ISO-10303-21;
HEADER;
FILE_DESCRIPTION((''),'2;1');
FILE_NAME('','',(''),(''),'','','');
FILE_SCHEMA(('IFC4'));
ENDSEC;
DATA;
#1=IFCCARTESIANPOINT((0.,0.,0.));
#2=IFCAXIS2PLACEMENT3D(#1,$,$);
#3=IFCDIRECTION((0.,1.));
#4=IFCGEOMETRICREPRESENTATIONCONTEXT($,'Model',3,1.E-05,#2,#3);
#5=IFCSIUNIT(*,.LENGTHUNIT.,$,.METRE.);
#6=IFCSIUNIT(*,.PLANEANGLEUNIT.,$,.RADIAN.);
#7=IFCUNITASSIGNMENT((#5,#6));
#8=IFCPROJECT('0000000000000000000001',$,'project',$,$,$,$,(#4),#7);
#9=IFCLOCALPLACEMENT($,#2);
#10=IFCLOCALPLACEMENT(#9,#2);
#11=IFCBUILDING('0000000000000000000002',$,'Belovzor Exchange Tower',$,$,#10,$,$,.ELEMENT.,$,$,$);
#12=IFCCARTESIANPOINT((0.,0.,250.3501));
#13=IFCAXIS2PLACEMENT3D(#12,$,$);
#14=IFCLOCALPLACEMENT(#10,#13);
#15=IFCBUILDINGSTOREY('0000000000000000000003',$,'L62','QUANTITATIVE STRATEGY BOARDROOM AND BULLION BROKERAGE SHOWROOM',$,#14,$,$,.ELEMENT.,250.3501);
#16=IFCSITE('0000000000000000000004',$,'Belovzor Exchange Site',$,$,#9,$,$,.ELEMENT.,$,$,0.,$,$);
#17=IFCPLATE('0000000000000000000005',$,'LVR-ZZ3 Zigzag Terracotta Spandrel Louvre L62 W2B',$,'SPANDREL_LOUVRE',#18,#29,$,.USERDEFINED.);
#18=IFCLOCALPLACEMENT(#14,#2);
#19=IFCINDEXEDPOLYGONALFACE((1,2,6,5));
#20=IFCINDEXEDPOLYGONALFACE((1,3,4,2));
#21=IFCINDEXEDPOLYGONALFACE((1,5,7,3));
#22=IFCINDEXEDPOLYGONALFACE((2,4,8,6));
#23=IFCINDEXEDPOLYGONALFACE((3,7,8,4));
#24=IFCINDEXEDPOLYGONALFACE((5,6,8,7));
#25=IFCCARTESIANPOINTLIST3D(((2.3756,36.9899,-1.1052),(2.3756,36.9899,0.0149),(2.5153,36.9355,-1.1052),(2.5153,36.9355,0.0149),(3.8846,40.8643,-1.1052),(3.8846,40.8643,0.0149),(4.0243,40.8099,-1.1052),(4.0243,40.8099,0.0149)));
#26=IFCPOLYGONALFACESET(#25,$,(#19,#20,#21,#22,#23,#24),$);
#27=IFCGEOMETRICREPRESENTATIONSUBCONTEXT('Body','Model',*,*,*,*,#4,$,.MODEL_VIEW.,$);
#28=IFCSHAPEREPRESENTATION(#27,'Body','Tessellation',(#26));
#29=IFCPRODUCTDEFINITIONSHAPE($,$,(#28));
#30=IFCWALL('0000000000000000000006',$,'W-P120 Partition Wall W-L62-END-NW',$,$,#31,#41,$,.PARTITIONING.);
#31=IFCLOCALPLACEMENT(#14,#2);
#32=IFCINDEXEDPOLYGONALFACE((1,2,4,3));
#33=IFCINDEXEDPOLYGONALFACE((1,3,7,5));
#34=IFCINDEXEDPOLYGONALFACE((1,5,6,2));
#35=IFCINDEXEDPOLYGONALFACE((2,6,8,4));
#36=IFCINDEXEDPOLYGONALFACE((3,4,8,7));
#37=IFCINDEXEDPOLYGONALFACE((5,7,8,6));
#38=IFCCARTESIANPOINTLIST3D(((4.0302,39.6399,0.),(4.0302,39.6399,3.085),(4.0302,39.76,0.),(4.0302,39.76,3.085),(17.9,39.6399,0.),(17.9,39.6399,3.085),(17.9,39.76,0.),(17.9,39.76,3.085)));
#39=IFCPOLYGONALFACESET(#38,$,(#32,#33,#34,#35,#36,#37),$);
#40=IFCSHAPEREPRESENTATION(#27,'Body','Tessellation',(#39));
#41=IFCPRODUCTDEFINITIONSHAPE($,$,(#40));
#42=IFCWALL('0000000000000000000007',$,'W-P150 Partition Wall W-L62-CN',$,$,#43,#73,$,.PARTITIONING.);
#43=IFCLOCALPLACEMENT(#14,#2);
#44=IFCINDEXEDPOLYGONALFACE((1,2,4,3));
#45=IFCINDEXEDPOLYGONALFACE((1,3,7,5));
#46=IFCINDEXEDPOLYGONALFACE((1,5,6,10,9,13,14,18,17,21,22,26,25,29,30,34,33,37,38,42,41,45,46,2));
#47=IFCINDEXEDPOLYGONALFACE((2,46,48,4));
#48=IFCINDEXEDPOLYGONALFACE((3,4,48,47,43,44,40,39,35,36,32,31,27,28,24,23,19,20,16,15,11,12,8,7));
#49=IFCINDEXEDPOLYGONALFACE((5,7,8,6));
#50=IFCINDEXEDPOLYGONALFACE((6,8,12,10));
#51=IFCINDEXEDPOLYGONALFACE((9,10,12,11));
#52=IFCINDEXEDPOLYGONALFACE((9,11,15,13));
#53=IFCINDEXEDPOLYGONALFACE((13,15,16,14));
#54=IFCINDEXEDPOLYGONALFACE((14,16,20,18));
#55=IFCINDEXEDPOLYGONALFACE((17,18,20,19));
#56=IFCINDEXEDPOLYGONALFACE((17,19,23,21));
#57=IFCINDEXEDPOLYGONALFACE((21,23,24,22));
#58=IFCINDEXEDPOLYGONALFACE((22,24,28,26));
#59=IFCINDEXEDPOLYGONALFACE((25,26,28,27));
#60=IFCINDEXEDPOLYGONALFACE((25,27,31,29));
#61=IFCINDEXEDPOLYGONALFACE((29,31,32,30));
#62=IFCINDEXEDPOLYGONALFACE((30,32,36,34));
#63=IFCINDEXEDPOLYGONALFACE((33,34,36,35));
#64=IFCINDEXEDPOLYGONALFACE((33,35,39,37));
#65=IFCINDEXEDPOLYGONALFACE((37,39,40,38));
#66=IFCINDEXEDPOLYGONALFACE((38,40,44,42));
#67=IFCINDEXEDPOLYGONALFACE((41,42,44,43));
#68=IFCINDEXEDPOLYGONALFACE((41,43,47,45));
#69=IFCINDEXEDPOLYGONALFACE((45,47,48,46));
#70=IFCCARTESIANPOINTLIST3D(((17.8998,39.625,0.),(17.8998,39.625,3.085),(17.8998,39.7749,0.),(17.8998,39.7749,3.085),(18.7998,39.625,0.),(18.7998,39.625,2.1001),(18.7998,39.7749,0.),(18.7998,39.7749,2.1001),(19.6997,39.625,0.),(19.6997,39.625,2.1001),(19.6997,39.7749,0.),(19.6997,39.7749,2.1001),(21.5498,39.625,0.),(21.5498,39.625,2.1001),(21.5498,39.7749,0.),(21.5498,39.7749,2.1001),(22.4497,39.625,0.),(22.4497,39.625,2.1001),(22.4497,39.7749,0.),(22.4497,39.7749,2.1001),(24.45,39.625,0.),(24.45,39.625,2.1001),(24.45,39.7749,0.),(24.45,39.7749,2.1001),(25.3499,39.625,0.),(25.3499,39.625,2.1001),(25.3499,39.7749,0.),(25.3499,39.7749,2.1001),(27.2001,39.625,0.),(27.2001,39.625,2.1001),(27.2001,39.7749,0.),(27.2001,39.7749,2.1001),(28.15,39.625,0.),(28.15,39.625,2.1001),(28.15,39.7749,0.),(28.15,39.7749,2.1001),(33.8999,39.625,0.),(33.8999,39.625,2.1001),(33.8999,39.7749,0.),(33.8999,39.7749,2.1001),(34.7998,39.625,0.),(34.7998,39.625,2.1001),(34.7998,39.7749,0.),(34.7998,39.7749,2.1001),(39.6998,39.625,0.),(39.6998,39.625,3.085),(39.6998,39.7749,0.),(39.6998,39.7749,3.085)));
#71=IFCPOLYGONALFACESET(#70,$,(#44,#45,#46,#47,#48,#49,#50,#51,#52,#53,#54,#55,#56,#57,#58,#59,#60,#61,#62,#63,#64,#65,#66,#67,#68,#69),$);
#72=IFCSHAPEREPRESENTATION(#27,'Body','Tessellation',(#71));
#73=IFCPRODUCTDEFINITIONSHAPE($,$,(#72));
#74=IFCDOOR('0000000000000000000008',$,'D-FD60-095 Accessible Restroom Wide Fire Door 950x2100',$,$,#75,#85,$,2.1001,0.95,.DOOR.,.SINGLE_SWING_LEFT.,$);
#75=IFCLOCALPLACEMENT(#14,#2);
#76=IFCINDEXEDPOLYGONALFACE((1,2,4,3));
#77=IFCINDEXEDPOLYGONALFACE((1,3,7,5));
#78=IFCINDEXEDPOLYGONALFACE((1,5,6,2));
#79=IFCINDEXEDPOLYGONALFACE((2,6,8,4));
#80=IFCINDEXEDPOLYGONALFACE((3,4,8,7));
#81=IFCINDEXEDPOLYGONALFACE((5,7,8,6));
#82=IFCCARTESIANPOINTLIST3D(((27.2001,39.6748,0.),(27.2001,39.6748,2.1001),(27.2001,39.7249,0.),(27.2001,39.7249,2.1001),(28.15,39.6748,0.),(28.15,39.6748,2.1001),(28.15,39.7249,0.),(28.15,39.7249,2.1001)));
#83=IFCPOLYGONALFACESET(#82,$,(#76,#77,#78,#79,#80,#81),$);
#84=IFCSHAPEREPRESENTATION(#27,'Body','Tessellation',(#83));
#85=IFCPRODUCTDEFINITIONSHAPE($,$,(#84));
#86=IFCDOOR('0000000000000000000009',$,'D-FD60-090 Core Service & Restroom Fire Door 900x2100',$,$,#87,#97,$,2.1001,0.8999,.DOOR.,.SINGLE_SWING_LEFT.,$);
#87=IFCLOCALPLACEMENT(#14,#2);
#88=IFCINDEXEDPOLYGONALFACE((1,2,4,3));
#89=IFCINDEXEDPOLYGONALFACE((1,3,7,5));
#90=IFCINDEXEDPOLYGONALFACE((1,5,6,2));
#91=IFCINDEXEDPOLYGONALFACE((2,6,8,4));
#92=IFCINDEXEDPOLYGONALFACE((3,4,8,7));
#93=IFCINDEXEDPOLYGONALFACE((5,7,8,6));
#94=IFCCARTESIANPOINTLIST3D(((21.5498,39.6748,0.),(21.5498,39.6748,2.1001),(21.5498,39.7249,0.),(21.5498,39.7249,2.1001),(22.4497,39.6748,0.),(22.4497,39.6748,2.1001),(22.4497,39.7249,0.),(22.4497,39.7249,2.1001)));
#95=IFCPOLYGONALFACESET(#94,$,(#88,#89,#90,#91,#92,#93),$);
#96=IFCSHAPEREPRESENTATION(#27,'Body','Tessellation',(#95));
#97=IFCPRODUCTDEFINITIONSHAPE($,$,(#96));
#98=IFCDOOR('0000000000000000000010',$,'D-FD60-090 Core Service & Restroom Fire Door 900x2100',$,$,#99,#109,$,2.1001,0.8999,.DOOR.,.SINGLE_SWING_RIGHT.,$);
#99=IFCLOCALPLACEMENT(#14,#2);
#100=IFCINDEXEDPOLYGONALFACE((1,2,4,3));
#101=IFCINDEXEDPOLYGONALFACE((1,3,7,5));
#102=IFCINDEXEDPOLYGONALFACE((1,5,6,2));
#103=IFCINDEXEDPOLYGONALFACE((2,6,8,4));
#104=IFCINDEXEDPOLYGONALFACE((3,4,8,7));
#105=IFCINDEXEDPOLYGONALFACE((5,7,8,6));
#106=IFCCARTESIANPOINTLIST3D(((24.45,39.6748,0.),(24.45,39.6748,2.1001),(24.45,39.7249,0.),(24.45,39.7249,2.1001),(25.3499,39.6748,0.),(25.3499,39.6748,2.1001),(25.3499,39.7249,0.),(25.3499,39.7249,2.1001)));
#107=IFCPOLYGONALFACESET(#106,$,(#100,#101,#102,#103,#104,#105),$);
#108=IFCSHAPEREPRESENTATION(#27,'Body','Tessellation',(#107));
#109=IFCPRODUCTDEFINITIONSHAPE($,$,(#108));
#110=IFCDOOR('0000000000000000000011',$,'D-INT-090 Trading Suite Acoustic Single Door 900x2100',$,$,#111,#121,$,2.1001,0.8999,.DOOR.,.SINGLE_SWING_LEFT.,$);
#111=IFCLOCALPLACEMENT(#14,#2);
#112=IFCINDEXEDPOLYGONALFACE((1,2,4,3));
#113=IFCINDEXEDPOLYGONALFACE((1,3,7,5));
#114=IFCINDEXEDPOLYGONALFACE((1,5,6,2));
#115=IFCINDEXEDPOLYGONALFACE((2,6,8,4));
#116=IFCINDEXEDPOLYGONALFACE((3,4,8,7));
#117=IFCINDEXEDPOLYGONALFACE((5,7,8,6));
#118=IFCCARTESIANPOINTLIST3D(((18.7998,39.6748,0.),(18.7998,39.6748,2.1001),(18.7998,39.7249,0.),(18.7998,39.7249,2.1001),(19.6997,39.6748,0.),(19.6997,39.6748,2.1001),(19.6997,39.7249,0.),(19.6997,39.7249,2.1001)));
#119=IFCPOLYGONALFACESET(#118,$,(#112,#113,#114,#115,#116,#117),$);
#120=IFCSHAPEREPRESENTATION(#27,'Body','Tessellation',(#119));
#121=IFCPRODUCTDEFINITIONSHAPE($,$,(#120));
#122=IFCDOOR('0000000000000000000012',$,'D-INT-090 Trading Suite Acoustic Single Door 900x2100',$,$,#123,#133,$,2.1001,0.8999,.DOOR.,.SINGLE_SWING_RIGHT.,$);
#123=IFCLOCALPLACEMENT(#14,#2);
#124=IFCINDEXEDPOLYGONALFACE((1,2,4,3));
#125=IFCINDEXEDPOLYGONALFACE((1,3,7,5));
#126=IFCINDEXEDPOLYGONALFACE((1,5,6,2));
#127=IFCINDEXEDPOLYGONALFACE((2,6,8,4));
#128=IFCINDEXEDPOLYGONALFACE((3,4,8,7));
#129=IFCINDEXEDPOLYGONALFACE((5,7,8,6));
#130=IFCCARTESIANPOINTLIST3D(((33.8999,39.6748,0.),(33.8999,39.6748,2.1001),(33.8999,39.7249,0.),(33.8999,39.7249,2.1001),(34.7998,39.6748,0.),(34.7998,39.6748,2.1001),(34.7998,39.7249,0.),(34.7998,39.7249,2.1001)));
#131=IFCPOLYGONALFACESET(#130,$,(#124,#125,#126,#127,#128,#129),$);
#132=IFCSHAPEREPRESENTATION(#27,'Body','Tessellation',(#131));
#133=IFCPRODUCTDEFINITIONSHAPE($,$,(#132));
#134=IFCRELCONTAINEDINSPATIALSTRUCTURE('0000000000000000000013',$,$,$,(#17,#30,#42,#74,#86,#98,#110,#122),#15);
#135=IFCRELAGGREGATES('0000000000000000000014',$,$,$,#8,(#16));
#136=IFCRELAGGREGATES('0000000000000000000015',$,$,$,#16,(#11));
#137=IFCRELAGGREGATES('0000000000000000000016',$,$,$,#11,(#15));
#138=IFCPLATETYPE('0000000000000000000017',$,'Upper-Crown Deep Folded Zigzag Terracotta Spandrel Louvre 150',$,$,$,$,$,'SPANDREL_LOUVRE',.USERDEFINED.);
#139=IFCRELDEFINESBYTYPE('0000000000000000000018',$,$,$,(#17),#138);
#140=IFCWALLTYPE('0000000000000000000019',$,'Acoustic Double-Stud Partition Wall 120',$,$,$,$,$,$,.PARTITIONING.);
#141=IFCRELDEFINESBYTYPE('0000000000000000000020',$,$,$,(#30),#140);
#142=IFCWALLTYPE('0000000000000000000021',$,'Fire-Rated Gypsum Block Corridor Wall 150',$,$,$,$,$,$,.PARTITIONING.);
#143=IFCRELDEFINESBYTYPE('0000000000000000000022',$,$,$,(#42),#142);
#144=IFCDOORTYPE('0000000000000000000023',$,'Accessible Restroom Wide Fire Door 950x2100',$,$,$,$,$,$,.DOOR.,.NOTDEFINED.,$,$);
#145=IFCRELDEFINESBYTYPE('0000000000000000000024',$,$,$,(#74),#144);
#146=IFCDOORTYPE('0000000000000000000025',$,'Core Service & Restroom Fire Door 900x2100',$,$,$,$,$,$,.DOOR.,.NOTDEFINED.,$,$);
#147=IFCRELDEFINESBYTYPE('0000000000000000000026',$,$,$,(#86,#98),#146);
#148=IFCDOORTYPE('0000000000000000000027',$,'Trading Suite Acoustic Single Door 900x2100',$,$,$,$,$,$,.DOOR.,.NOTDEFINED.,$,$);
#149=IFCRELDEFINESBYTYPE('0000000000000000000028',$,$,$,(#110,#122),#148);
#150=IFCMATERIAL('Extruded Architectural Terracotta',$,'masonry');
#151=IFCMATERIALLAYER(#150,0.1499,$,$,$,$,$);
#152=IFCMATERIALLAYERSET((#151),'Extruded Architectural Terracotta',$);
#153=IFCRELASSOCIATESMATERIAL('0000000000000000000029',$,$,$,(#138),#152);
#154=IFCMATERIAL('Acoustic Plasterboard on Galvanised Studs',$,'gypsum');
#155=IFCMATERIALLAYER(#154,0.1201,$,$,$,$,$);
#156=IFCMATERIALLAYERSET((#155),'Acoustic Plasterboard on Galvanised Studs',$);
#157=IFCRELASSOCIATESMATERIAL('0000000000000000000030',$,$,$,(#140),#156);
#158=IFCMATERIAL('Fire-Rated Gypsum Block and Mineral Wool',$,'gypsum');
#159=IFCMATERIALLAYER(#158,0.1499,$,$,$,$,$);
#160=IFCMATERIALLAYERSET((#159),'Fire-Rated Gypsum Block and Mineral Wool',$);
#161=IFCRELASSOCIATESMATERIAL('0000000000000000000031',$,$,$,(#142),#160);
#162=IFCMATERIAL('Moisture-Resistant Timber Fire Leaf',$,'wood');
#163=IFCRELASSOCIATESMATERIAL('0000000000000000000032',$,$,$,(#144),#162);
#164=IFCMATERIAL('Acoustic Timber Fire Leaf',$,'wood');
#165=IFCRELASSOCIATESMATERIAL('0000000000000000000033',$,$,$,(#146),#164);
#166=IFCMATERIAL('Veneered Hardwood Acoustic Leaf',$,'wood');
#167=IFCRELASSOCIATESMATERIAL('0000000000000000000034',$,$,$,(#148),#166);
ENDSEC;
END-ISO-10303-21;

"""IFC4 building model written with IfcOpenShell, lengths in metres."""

from ifc_helpers import new_model, si_unit, direction, frame, frame_2d, origin, origin_2d, place, context, subcontext, project, spatial, rectangle, extrude, material, layer, layer_set, type_object, element, fill, save


model = new_model("IFC4")

# Units and contexts
model_context = context("Model", 3, precision=1e-05, world=origin(), true_north=direction((0.0, 1.0)))
body_context = subcontext(model_context, "Body", "Model", "MODEL_VIEW")
ifc_project = project(units=[si_unit("LENGTHUNIT", "METRE"), si_unit("PLANEANGLEUNIT", "RADIAN")], contexts=[model_context])

# Site, building, storey
site_placement = place(None, origin())
site = spatial("IfcSite", under=ifc_project, at=site_placement, Name="Belovzor Exchange Site", CompositionType="ELEMENT", RefElevation=0.0)
building_placement = place(site_placement, origin())
building = spatial("IfcBuilding", under=site, at=building_placement, Name="Belovzor Exchange Tower", CompositionType="ELEMENT")
storey_placement = place(building_placement, frame((0.0, 0.0, 250.3501)))
storey = spatial("IfcBuildingStorey", under=building, at=storey_placement, Name="L62", Description="QUANTITATIVE STRATEGY BOARDROOM AND BULLION BROKERAGE SHOWROOM", CompositionType="ELEMENT", Elevation=250.3501)

# Plate
ifc_material_1 = material(Name="Extruded Architectural Terracotta", Category="masonry")
ifc_layer_1 = layer(ifc_material_1, 0.1499)
ifc_layer_set_1 = layer_set([ifc_layer_1], Name="Extruded Architectural Terracotta")
plate_type = type_object("IfcPlateType", Name="Upper-Crown Deep Folded Zigzag Terracotta Spandrel Louvre 150", ElementType="SPANDREL_LOUVRE", PredefinedType="USERDEFINED", material=ifc_layer_set_1)
plate_placement = place(storey_placement, frame((3.2, 38.8999, -1.1052), z_axis=(0.0, 0.0, 1.0), x_axis=(0.362926, 0.931818, 0.0)))
element("IfcPlate", 1, at=plate_placement, inside=storey, type_object=plate_type, Name="LVR-ZZ3 Zigzag Terracotta Spandrel Louvre L62 W2B", ObjectType="SPANDREL_LOUVRE", PredefinedType="USERDEFINED", context=body_context, shape_type="SweptSolid", body=[
    extrude(rectangle(XDim=4.158, YDim=0.1499, at=origin_2d()), origin(), (0.0, 0.0, 1.0), 1.1201),
])

# Wall
ifc_material_2 = material(Name="Acoustic Plasterboard on Galvanised Studs", Category="gypsum")
ifc_layer_2 = layer(ifc_material_2, 0.1201)
ifc_layer_set_2 = layer_set([ifc_layer_2], Name="Acoustic Plasterboard on Galvanised Studs")
wall_type_1 = type_object("IfcWallType", Name="Acoustic Double-Stud Partition Wall 120", PredefinedType="PARTITIONING", material=ifc_layer_set_2)
wall_1_placement = place(storey_placement, frame((4.03, 39.7, 0.0), z_axis=(0.0, 0.0, 1.0), x_axis=(1.0, 0.0, 0.0)))
element("IfcWall", 2, at=wall_1_placement, inside=storey, type_object=wall_type_1, Name="W-P120 Partition Wall W-L62-END-NW", PredefinedType="PARTITIONING", context=body_context, shape_type="SweptSolid", body=[
    extrude(rectangle(XDim=13.8699, YDim=0.1201, at=frame_2d((6.9351, 0.0))), origin(), (0.0, 0.0, 1.0), 3.085),
])

# Wall, openings, doors
ifc_material_3 = material(Name="Fire-Rated Gypsum Block and Mineral Wool", Category="gypsum")
ifc_layer_3 = layer(ifc_material_3, 0.1499)
ifc_layer_set_3 = layer_set([ifc_layer_3], Name="Fire-Rated Gypsum Block and Mineral Wool")
wall_type_2 = type_object("IfcWallType", Name="Fire-Rated Gypsum Block Corridor Wall 150", PredefinedType="PARTITIONING", material=ifc_layer_set_3)
wall_2_placement = place(storey_placement, frame((17.8999, 39.7, 0.0), z_axis=(0.0, 0.0, 1.0), x_axis=(1.0, 0.0, 0.0)))
wall_2 = element("IfcWall", 3, at=wall_2_placement, inside=storey, type_object=wall_type_2, Name="W-P150 Partition Wall W-L62-CN", PredefinedType="PARTITIONING", context=body_context, shape_type="SweptSolid", body=[
    extrude(rectangle(XDim=21.8, YDim=0.1499, at=frame_2d((10.8999, 0.0))), origin(), (0.0, 0.0, 1.0), 3.085),
])
opening_1_placement = place(wall_2_placement, frame((0.8999, 0.0, 0.0)))
opening_1 = element("IfcOpeningElement", 4, at=opening_1_placement, cuts=wall_2, PredefinedType="OPENING", context=body_context, shape_type="SweptSolid", body=[
    extrude(rectangle(XDim=0.8999, YDim=2.1001, at=frame_2d((0.45, 1.05))), frame((0.0, 0.085, 0.0), z_axis=(0.0, -1.0, 0.0), x_axis=(1.0, 0.0, 0.0)), (0.0, 0.0, 1.0), 0.1699),
])
opening_2_placement = place(wall_2_placement, frame((3.6499, 0.0, 0.0)))
opening_2 = element("IfcOpeningElement", 5, at=opening_2_placement, cuts=wall_2, PredefinedType="OPENING", context=body_context, shape_type="SweptSolid", body=[
    extrude(rectangle(XDim=0.8999, YDim=2.1001, at=frame_2d((0.45, 1.05))), frame((0.0, 0.085, 0.0), z_axis=(0.0, -1.0, 0.0), x_axis=(1.0, 0.0, 0.0)), (0.0, 0.0, 1.0), 0.1699),
])
opening_3_placement = place(wall_2_placement, frame((6.55, 0.0, 0.0)))
opening_3 = element("IfcOpeningElement", 6, at=opening_3_placement, cuts=wall_2, PredefinedType="OPENING", context=body_context, shape_type="SweptSolid", body=[
    extrude(rectangle(XDim=0.8999, YDim=2.1001, at=frame_2d((0.45, 1.05))), frame((0.0, 0.085, 0.0), z_axis=(0.0, -1.0, 0.0), x_axis=(1.0, 0.0, 0.0)), (0.0, 0.0, 1.0), 0.1699),
])
opening_4_placement = place(wall_2_placement, frame((9.3, 0.0, 0.0)))
opening_4 = element("IfcOpeningElement", 7, at=opening_4_placement, cuts=wall_2, PredefinedType="OPENING", context=body_context, shape_type="SweptSolid", body=[
    extrude(rectangle(XDim=0.95, YDim=2.1001, at=frame_2d((0.4751, 1.05))), frame((0.0, 0.085, 0.0), z_axis=(0.0, -1.0, 0.0), x_axis=(1.0, 0.0, 0.0)), (0.0, 0.0, 1.0), 0.1699),
])
opening_5_placement = place(wall_2_placement, frame((16.0, 0.0, 0.0)))
opening_5 = element("IfcOpeningElement", 8, at=opening_5_placement, cuts=wall_2, PredefinedType="OPENING", context=body_context, shape_type="SweptSolid", body=[
    extrude(rectangle(XDim=0.8999, YDim=2.1001, at=frame_2d((0.45, 1.05))), frame((0.0, 0.085, 0.0), z_axis=(0.0, -1.0, 0.0), x_axis=(1.0, 0.0, 0.0)), (0.0, 0.0, 1.0), 0.1699),
])
ifc_material_4 = material(Name="Moisture-Resistant Timber Fire Leaf", Category="wood")
door_type_1 = type_object("IfcDoorType", Name="Accessible Restroom Wide Fire Door 950x2100", OperationType="NOTDEFINED", PredefinedType="DOOR", material=ifc_material_4)
door_1_placement = place(opening_4_placement, origin())
door_1 = element("IfcDoor", 9, at=door_1_placement, inside=storey, type_object=door_type_1, Name="D-FD60-095 Accessible Restroom Wide Fire Door 950x2100", OperationType="SINGLE_SWING_LEFT", OverallHeight=2.1001, OverallWidth=0.95, PredefinedType="DOOR", context=body_context, shape_type="SweptSolid", body=[
    extrude(rectangle(XDim=0.95, YDim=2.1001, at=frame_2d((0.4751, 1.05))), frame((0.0, 0.0249, 0.0), z_axis=(0.0, -1.0, 0.0), x_axis=(1.0, 0.0, 0.0)), (0.0, 0.0, 1.0), 0.05),
])
fill(opening_4, door_1)
ifc_material_5 = material(Name="Acoustic Timber Fire Leaf", Category="wood")
door_type_2 = type_object("IfcDoorType", Name="Core Service & Restroom Fire Door 900x2100", OperationType="NOTDEFINED", PredefinedType="DOOR", material=ifc_material_5)
door_2_placement = place(opening_2_placement, origin())
door_2 = element("IfcDoor", 10, at=door_2_placement, inside=storey, type_object=door_type_2, Name="D-FD60-090 Core Service & Restroom Fire Door 900x2100", OperationType="SINGLE_SWING_LEFT", OverallHeight=2.1001, OverallWidth=0.8999, PredefinedType="DOOR", context=body_context, shape_type="SweptSolid", body=[
    extrude(rectangle(XDim=0.8999, YDim=2.1001, at=frame_2d((0.45, 1.05))), frame((0.0, 0.0249, 0.0), z_axis=(0.0, -1.0, 0.0), x_axis=(1.0, 0.0, 0.0)), (0.0, 0.0, 1.0), 0.05),
])
fill(opening_2, door_2)
door_3_placement = place(opening_3_placement, origin())
door_3 = element("IfcDoor", 11, at=door_3_placement, inside=storey, type_object=door_type_2, Name="D-FD60-090 Core Service & Restroom Fire Door 900x2100", OperationType="SINGLE_SWING_RIGHT", OverallHeight=2.1001, OverallWidth=0.8999, PredefinedType="DOOR", context=body_context, shape_type="SweptSolid", body=[
    extrude(rectangle(XDim=0.8999, YDim=2.1001, at=frame_2d((0.45, 1.05))), frame((0.0, 0.0249, 0.0), z_axis=(0.0, -1.0, 0.0), x_axis=(1.0, 0.0, 0.0)), (0.0, 0.0, 1.0), 0.05),
])
fill(opening_3, door_3)
ifc_material_6 = material(Name="Veneered Hardwood Acoustic Leaf", Category="wood")
door_type_3 = type_object("IfcDoorType", Name="Trading Suite Acoustic Single Door 900x2100", OperationType="NOTDEFINED", PredefinedType="DOOR", material=ifc_material_6)
door_4_placement = place(opening_1_placement, origin())
door_4 = element("IfcDoor", 12, at=door_4_placement, inside=storey, type_object=door_type_3, Name="D-INT-090 Trading Suite Acoustic Single Door 900x2100", OperationType="SINGLE_SWING_LEFT", OverallHeight=2.1001, OverallWidth=0.8999, PredefinedType="DOOR", context=body_context, shape_type="SweptSolid", body=[
    extrude(rectangle(XDim=0.8999, YDim=2.1001, at=frame_2d((0.45, 1.05))), frame((0.0, 0.0249, 0.0), z_axis=(0.0, -1.0, 0.0), x_axis=(1.0, 0.0, 0.0)), (0.0, 0.0, 1.0), 0.05),
])
fill(opening_1, door_4)
door_5_placement = place(opening_5_placement, origin())
door_5 = element("IfcDoor", 13, at=door_5_placement, inside=storey, type_object=door_type_3, Name="D-INT-090 Trading Suite Acoustic Single Door 900x2100", OperationType="SINGLE_SWING_RIGHT", OverallHeight=2.1001, OverallWidth=0.8999, PredefinedType="DOOR", context=body_context, shape_type="SweptSolid", body=[
    extrude(rectangle(XDim=0.8999, YDim=2.1001, at=frame_2d((0.45, 1.05))), frame((0.0, 0.0249, 0.0), z_axis=(0.0, -1.0, 0.0), x_axis=(1.0, 0.0, 0.0)), (0.0, 0.0, 1.0), 0.05),
])
fill(opening_5, door_5)

save(model, "model.ifc")
